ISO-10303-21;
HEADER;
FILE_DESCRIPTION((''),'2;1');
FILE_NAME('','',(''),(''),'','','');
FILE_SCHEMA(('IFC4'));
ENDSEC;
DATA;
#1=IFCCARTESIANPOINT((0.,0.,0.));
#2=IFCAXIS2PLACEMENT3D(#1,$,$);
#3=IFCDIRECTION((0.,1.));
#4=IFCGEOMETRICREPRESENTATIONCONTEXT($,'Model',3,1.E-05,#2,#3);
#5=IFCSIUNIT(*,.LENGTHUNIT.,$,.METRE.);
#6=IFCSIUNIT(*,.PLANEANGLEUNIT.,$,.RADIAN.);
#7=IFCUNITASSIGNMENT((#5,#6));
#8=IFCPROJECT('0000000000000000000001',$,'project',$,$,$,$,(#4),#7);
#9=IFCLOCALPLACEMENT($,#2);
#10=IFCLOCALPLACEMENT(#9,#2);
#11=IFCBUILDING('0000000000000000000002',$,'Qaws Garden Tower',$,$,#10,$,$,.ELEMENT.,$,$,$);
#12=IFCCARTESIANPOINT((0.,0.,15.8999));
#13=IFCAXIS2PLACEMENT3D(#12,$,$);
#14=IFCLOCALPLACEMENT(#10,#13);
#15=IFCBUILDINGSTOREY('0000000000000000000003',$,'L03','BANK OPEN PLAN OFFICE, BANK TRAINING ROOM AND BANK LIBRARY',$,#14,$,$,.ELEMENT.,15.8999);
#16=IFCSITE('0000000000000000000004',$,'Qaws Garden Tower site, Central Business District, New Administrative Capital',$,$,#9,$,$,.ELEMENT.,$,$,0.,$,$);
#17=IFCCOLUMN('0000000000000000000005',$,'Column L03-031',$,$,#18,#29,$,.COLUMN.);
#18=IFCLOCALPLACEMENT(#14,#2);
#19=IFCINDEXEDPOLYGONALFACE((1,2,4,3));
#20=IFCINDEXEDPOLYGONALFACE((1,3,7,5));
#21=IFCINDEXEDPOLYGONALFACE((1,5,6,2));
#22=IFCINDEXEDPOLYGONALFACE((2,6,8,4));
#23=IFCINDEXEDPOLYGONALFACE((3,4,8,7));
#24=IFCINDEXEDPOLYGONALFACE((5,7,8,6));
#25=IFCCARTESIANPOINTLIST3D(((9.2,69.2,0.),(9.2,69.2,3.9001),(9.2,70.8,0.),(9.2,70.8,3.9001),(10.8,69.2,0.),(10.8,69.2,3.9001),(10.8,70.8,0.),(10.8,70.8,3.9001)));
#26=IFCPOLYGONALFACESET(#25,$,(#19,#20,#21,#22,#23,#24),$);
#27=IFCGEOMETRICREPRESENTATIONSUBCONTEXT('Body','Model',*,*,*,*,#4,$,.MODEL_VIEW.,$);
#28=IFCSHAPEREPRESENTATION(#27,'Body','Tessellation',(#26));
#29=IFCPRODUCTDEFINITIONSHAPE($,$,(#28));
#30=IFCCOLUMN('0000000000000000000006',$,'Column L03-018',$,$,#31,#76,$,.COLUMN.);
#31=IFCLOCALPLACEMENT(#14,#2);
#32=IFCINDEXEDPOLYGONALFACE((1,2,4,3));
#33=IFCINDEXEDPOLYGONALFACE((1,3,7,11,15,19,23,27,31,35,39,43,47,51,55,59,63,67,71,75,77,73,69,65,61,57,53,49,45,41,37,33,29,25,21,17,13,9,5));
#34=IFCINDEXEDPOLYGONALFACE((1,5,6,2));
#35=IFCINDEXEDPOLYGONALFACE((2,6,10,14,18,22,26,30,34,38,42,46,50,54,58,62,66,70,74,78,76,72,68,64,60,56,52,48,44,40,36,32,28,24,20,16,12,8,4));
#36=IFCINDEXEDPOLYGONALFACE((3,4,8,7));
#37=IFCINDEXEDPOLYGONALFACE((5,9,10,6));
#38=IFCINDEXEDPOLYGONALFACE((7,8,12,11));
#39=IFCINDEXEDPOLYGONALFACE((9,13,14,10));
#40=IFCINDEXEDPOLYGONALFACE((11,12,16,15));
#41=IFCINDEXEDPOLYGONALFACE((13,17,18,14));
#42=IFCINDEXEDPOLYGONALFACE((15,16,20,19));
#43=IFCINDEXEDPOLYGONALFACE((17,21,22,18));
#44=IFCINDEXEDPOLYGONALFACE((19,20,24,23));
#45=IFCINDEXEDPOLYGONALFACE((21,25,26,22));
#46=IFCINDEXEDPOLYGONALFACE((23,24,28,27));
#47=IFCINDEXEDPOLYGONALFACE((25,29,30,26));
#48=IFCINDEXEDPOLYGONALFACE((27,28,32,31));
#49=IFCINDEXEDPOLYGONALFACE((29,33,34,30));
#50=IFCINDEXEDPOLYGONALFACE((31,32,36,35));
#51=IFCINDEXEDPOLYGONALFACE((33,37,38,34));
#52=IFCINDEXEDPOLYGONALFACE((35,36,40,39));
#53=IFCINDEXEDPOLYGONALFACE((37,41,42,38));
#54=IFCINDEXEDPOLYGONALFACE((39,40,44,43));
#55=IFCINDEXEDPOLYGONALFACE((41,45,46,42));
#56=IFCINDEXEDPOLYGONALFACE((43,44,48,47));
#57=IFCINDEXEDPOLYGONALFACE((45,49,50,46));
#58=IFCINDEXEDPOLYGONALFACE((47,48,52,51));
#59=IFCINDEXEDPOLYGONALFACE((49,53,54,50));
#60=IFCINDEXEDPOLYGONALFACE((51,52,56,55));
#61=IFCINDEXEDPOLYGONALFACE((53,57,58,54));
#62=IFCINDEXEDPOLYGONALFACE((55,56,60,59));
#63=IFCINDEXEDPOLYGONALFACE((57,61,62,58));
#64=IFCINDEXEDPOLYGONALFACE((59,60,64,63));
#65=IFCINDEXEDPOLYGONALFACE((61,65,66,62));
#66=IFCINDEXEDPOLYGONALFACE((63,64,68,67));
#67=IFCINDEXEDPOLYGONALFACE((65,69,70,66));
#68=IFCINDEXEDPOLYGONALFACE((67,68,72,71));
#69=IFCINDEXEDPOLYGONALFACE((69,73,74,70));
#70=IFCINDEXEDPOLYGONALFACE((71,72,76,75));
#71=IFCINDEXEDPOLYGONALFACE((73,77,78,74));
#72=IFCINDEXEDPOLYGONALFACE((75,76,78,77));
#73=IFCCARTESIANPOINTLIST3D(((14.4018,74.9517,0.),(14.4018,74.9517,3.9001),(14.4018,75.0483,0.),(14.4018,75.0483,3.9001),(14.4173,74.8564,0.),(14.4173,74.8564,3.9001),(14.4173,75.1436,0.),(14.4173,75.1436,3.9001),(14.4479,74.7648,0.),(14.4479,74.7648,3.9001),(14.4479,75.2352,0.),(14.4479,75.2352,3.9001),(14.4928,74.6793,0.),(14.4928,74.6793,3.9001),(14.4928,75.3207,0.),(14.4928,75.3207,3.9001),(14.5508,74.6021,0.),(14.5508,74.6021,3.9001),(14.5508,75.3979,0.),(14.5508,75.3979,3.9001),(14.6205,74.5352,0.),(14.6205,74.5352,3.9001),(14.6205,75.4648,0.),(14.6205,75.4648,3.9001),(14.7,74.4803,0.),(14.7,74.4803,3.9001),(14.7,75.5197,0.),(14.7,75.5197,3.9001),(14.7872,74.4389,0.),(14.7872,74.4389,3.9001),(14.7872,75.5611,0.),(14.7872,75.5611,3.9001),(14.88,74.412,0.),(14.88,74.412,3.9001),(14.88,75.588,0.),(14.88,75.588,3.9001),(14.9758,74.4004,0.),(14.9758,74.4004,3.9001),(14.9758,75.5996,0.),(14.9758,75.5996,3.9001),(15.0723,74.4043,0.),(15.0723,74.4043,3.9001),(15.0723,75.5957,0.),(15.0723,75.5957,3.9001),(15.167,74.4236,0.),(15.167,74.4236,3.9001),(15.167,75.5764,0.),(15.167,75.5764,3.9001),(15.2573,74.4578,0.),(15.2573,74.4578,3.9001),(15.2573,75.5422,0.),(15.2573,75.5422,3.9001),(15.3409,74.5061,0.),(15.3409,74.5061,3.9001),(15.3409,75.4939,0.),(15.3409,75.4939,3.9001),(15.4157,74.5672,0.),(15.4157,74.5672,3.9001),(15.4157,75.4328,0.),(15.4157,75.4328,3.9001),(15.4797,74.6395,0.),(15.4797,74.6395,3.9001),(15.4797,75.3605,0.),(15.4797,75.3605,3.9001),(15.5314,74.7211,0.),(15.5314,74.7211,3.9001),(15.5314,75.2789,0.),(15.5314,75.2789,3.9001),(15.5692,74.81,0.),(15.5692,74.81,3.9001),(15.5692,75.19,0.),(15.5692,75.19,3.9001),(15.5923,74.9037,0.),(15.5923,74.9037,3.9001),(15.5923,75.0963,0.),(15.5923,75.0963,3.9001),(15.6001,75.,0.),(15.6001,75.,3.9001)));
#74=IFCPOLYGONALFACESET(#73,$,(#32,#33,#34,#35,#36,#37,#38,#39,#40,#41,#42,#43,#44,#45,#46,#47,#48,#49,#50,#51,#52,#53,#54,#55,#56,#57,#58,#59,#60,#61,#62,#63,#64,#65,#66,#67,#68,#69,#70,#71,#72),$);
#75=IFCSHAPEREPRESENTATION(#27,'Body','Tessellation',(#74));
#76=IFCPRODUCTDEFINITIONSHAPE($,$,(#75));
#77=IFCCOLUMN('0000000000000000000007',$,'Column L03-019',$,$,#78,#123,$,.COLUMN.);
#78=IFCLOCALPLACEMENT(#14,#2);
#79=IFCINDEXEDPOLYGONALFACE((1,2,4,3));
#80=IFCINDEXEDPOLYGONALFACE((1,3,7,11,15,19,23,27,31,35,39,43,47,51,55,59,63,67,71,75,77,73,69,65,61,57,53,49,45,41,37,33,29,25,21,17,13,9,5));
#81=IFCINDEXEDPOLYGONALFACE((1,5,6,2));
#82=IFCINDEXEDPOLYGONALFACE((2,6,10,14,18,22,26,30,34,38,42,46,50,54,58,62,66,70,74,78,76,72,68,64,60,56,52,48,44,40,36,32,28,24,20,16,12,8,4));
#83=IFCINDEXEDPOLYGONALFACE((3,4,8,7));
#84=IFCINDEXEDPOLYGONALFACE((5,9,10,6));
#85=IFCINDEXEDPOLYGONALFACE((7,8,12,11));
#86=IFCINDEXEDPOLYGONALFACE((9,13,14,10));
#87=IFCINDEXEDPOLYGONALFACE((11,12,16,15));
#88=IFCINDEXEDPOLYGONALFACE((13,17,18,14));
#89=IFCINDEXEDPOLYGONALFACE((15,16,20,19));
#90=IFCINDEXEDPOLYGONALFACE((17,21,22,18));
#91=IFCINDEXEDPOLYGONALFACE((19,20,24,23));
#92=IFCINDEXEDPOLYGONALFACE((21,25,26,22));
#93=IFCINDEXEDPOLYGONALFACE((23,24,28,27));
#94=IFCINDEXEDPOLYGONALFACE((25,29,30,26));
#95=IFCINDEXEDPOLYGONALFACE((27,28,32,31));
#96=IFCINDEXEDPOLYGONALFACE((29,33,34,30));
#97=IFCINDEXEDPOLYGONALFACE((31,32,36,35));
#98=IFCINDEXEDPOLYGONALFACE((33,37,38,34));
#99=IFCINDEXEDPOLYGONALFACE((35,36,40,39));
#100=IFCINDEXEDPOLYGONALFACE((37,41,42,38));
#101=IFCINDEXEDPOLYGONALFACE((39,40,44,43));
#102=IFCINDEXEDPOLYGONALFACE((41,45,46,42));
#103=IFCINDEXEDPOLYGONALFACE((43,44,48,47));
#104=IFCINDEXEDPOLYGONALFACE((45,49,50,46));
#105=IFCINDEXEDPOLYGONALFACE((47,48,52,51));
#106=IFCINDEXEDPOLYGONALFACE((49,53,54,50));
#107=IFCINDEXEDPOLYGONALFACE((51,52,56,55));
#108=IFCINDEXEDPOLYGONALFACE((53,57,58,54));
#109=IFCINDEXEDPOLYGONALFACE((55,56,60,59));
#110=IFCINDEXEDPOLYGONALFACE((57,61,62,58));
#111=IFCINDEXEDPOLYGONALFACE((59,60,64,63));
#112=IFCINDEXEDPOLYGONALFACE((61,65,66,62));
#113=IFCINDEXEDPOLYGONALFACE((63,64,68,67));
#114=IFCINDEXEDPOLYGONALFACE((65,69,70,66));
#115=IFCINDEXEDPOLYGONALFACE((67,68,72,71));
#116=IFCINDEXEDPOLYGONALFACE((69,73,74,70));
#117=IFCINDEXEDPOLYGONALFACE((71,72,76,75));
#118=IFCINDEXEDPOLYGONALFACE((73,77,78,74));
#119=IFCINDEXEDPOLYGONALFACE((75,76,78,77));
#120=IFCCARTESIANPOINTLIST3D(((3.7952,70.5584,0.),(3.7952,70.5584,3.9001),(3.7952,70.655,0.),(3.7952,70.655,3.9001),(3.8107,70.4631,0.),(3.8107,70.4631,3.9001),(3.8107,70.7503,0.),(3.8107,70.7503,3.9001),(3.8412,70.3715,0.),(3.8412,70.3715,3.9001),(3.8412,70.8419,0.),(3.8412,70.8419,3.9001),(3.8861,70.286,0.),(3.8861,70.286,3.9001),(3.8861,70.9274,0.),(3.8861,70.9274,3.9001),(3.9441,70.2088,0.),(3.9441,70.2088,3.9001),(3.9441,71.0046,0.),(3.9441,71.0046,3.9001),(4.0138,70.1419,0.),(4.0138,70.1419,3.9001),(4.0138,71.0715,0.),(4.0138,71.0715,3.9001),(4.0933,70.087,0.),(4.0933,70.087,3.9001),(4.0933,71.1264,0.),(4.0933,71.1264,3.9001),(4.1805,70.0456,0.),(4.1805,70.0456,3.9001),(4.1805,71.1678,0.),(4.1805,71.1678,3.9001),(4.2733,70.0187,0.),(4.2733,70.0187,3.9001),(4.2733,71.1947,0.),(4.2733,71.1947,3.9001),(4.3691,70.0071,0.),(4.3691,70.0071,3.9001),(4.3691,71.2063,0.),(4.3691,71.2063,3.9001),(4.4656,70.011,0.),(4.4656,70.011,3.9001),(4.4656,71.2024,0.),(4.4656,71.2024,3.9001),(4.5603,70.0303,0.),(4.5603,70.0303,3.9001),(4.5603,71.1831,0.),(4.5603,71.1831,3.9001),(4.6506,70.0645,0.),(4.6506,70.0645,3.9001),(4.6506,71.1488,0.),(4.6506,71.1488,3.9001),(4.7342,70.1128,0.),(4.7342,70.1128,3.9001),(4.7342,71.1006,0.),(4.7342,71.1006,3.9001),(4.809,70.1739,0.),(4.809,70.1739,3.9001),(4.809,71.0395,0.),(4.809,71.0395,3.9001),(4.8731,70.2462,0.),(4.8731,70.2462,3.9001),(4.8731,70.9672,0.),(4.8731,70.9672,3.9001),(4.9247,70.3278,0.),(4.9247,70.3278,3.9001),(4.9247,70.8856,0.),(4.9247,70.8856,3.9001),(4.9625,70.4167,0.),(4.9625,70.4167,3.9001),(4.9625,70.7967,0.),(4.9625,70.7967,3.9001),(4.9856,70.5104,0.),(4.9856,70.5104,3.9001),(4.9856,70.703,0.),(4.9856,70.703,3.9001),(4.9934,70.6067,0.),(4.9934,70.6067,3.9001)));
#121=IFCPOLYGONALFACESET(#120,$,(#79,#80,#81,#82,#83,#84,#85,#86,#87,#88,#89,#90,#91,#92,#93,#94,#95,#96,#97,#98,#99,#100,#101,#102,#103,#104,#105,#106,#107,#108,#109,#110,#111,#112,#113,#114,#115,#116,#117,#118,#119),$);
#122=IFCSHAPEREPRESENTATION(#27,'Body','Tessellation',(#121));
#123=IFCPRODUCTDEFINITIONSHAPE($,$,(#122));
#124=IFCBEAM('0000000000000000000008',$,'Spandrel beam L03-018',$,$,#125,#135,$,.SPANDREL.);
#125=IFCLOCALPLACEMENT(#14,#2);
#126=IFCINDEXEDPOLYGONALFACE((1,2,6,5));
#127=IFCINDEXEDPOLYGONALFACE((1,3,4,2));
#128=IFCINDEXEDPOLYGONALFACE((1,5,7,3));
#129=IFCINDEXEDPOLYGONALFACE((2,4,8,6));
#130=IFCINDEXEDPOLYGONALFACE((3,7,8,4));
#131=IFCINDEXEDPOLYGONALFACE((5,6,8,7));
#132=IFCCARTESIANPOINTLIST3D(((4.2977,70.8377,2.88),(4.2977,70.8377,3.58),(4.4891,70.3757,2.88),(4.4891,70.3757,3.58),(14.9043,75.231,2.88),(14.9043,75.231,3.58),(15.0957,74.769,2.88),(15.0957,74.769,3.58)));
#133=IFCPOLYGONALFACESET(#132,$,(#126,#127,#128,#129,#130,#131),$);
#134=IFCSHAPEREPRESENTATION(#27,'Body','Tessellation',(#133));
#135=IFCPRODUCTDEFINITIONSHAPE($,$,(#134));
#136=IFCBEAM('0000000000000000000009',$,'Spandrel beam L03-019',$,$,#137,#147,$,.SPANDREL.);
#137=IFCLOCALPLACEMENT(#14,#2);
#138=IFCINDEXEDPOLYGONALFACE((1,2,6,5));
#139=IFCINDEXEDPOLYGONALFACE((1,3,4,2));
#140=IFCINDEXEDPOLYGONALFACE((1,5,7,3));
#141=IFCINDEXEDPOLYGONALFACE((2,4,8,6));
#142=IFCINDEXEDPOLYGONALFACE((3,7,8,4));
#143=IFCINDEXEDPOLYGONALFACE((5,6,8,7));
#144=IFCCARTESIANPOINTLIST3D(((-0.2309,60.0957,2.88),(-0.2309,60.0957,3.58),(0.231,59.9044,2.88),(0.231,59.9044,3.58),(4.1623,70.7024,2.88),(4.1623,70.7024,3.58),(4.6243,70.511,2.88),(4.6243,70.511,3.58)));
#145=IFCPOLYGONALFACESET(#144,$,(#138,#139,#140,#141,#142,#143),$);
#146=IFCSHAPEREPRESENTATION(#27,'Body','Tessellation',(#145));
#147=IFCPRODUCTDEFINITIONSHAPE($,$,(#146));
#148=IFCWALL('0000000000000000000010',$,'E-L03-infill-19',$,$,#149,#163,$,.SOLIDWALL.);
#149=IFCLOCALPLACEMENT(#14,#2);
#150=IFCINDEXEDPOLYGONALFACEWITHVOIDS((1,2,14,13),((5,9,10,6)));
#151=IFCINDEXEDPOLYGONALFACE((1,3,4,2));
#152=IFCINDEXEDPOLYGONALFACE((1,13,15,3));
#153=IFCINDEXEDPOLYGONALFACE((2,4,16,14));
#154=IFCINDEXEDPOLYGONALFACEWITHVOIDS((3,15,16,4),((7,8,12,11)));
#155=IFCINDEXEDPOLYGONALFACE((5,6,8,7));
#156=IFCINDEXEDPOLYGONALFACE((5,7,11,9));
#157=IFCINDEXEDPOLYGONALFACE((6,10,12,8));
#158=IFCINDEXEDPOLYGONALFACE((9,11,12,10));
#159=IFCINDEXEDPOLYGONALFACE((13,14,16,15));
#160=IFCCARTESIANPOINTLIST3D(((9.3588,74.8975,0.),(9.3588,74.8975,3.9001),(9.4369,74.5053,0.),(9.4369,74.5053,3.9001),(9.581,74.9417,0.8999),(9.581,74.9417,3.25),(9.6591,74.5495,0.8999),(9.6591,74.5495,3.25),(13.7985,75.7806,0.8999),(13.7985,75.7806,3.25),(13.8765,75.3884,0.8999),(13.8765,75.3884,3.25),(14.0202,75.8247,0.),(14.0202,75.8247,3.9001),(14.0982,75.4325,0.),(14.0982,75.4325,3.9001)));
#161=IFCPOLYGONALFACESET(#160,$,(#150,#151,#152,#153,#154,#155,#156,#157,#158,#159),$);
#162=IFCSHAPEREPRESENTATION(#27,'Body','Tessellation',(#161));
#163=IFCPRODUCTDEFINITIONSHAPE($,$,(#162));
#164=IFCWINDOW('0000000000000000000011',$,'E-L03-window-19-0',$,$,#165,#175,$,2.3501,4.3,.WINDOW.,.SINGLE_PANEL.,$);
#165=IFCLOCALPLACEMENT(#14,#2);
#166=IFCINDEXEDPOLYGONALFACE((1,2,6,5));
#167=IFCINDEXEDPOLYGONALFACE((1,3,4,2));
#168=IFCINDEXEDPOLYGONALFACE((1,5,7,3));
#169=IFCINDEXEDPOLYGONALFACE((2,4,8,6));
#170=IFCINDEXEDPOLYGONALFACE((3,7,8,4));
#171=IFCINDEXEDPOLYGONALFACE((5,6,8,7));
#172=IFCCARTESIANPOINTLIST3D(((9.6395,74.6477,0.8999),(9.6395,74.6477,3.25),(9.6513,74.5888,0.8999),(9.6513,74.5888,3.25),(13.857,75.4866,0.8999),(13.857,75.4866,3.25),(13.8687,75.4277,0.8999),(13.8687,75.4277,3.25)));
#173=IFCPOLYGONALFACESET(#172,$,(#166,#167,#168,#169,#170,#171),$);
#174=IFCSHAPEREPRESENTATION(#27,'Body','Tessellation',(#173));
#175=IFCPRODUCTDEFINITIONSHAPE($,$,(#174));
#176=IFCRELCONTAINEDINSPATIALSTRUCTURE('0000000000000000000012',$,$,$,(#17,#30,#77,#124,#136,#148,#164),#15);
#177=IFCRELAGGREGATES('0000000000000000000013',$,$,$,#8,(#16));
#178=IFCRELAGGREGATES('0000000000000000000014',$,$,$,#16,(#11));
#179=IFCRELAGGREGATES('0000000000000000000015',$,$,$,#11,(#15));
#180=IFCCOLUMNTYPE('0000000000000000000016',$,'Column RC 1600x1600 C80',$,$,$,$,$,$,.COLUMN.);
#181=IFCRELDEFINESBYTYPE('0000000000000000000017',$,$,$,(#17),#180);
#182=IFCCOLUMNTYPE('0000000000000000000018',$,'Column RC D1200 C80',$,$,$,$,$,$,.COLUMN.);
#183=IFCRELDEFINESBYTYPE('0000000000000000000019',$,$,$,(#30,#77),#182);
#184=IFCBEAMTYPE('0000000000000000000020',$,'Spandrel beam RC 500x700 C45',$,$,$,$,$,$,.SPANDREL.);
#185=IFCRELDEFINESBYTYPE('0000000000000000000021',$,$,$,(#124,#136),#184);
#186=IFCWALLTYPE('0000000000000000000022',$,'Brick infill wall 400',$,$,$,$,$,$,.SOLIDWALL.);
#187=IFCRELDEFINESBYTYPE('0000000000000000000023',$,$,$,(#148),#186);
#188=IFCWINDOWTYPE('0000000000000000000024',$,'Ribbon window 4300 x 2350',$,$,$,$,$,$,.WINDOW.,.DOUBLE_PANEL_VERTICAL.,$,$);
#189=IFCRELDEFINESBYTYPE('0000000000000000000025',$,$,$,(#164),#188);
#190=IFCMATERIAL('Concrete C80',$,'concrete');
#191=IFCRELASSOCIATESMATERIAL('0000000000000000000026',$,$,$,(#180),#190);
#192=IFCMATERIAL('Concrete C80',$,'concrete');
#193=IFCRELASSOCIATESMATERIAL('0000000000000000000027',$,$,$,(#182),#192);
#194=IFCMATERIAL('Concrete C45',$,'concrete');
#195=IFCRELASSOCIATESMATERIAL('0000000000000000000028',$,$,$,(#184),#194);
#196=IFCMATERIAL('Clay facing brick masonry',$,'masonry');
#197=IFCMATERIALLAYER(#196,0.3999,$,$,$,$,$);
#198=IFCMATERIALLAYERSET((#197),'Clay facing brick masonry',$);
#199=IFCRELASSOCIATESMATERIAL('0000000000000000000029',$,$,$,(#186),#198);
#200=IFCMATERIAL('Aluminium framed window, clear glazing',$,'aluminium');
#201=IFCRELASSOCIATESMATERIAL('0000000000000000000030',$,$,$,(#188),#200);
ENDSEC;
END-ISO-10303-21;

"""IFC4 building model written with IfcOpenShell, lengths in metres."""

from ifc_helpers import new_model, si_unit, direction, frame, frame_2d, origin, origin_2d, place, context, subcontext, project, spatial, rectangle, circle, extrude, material, layer, layer_set, material_profile, profile_set, type_object, element, fill, save


model = new_model("IFC4")

# Units and contexts
model_context = context("Model", 3, precision=1e-05, world=origin(), true_north=direction((0.0, 1.0)))
body_context = subcontext(model_context, "Body", "Model", "MODEL_VIEW")
ifc_project = project(units=[si_unit("LENGTHUNIT", "METRE"), si_unit("PLANEANGLEUNIT", "RADIAN")], contexts=[model_context])

# Site, building, storey
site_placement = place(None, origin())
site = spatial("IfcSite", under=ifc_project, at=site_placement, Name="Qaws Garden Tower site, Central Business District, New Administrative Capital", CompositionType="ELEMENT", RefElevation=0.0)
building_placement = place(site_placement, origin())
building = spatial("IfcBuilding", under=site, at=building_placement, Name="Qaws Garden Tower", CompositionType="ELEMENT")
storey_placement = place(building_placement, frame((0.0, 0.0, 15.8999)))
storey = spatial("IfcBuildingStorey", under=building, at=storey_placement, Name="L03", Description="BANK OPEN PLAN OFFICE, BANK TRAINING ROOM AND BANK LIBRARY", CompositionType="ELEMENT", Elevation=15.8999)

# Columns
ifc_material_1 = material(Name="Concrete C80", Category="concrete")
ifc_material_profile_1 = material_profile(ifc_material_1, rectangle(XDim=1.6001, YDim=1.6001, at=origin_2d()), Name="RC 1600x1600")
ifc_profile_set_1 = profile_set([ifc_material_profile_1], Name="Concrete C80")
column_type_1 = type_object("IfcColumnType", Name="Column RC 1600x1600 C80", PredefinedType="COLUMN", material=ifc_profile_set_1)
column_placement = place(storey_placement, frame((10.0, 70.0, 0.0), z_axis=(0.0, 0.0, 1.0), x_axis=(1.0, 0.0, 0.0)))
element("IfcColumn", 1, at=column_placement, inside=storey, type_object=column_type_1, Name="Column L03-031", PredefinedType="COLUMN", context=body_context, shape_type="SweptSolid", body=[
    extrude(rectangle(XDim=1.6001, YDim=1.6001, at=origin_2d()), origin(), (0.0, 0.0, 1.0), 3.9001),
])
ifc_material_2 = material(Name="Concrete C80", Category="concrete")
ifc_material_profile_2 = material_profile(ifc_material_2, circle(Radius=0.6001, at=origin_2d()), Name="RC D1200")
ifc_profile_set_2 = profile_set([ifc_material_profile_2], Name="Concrete C80")
column_type_2 = type_object("IfcColumnType", Name="Column RC D1200 C80", PredefinedType="COLUMN", material=ifc_profile_set_2)
for number, where, z_axis, x_axis, name in (
    (2, (15.0, 75.0, 0.0), (0.0, 0.0, 1.0), (1.0, 0.0, 0.0), "Column L03-018"),
    (3, (4.3933, 70.6067, 0.0), (0.0, 0.0, 1.0), (1.0, 0.0, 0.0), "Column L03-019"),
):
    element("IfcColumn", number, at=place(storey_placement, frame(where, z_axis=z_axis, x_axis=x_axis)), inside=storey, type_object=column_type_2, Name=name, PredefinedType="COLUMN", context=body_context, shape_type="SweptSolid", body=[
        extrude(circle(Radius=0.6001, at=origin_2d()), origin(), (0.0, 0.0, 1.0), 3.9001),
    ])

# Beams
ifc_material_3 = material(Name="Concrete C45", Category="concrete")
ifc_material_profile_3 = material_profile(ifc_material_3, rectangle(XDim=0.5, YDim=0.7, at=origin_2d()), Name="RC 500x700")
ifc_profile_set_3 = profile_set([ifc_material_profile_3], Name="Concrete C45")
beam_type = type_object("IfcBeamType", Name="Spandrel beam RC 500x700 C45", PredefinedType="SPANDREL", material=ifc_profile_set_3)
for number, where, z_axis, x_axis, name in (
    (4, (15.0, 75.0, 3.23), (-0.923883, -0.382674, 0.0), (0.382674, -0.923883, 0.0), "Spandrel beam L03-018"),
    (5, (4.3933, 70.6067, 3.23), (-0.382674, -0.923883, 0.0), (0.923883, -0.382674, 0.0), "Spandrel beam L03-019"),
):
    element("IfcBeam", number, at=place(storey_placement, frame(where, z_axis=z_axis, x_axis=x_axis)), inside=storey, type_object=beam_type, Name=name, PredefinedType="SPANDREL", context=body_context, shape_type="SweptSolid", body=[
        extrude(rectangle(XDim=0.5, YDim=0.7, at=origin_2d()), origin(), (0.0, 0.0, 1.0), 11.4805),
    ])

# Wall, opening, window
ifc_material_4 = material(Name="Clay facing brick masonry", Category="masonry")
ifc_layer_1 = layer(ifc_material_4, 0.3999)
ifc_layer_set_1 = layer_set([ifc_layer_1], Name="Clay facing brick masonry")
wall_type_1 = type_object("IfcWallType", Name="Brick infill wall 400", PredefinedType="SOLIDWALL", material=ifc_layer_set_1)
wall_1_placement = place(storey_placement, frame((14.0593, 75.6287, 0.0), z_axis=(0.0, 0.0, 1.0), x_axis=(-0.980784, -0.195099, 0.0)))
wall_1 = element("IfcWall", 6, at=wall_1_placement, inside=storey, type_object=wall_type_1, Name="E-L03-infill-19", PredefinedType="SOLIDWALL", context=body_context, shape_type="SweptSolid", body=[
    extrude(rectangle(XDim=4.7527, YDim=0.3999, at=frame_2d((2.3765, 0.0))), origin(), (0.0, 0.0, 1.0), 3.9001),
])
opening_1_placement = place(wall_1_placement, frame((0.2263, 0.0, 0.8999)))
opening_1 = element("IfcOpeningElement", 7, at=opening_1_placement, cuts=wall_1, PredefinedType="OPENING", context=body_context, shape_type="SweptSolid", body=[
    extrude(rectangle(XDim=4.3, YDim=2.3501, at=frame_2d((2.1499, 1.175))), frame((0.0, 0.21, 0.0), z_axis=(0.0, -1.0, 0.0), x_axis=(1.0, 0.0, 0.0)), (0.0, 0.0, 1.0), 0.4199),
])
ifc_material_5 = material(Name="Aluminium framed window, clear glazing", Category="aluminium")
window_type = type_object("IfcWindowType", Name="Ribbon window 4300 x 2350", PartitioningType="DOUBLE_PANEL_VERTICAL", PredefinedType="WINDOW", material=ifc_material_5)
window_1_placement = place(opening_1_placement, origin())
window_1 = element("IfcWindow", 8, at=window_1_placement, inside=storey, type_object=window_type, Name="E-L03-window-19-0", OverallHeight=2.3501, OverallWidth=4.3, PartitioningType="SINGLE_PANEL", PredefinedType="WINDOW", context=body_context, shape_type="SweptSolid", body=[
    extrude(rectangle(XDim=4.3, YDim=2.3501, at=frame_2d((2.1499, 1.175))), frame((0.0, 0.1599, 0.0), z_axis=(0.0, -1.0, 0.0), x_axis=(1.0, 0.0, 0.0)), (0.0, 0.0, 1.0), 0.0601),
])
fill(opening_1, window_1)

save(model, "model.ifc")
